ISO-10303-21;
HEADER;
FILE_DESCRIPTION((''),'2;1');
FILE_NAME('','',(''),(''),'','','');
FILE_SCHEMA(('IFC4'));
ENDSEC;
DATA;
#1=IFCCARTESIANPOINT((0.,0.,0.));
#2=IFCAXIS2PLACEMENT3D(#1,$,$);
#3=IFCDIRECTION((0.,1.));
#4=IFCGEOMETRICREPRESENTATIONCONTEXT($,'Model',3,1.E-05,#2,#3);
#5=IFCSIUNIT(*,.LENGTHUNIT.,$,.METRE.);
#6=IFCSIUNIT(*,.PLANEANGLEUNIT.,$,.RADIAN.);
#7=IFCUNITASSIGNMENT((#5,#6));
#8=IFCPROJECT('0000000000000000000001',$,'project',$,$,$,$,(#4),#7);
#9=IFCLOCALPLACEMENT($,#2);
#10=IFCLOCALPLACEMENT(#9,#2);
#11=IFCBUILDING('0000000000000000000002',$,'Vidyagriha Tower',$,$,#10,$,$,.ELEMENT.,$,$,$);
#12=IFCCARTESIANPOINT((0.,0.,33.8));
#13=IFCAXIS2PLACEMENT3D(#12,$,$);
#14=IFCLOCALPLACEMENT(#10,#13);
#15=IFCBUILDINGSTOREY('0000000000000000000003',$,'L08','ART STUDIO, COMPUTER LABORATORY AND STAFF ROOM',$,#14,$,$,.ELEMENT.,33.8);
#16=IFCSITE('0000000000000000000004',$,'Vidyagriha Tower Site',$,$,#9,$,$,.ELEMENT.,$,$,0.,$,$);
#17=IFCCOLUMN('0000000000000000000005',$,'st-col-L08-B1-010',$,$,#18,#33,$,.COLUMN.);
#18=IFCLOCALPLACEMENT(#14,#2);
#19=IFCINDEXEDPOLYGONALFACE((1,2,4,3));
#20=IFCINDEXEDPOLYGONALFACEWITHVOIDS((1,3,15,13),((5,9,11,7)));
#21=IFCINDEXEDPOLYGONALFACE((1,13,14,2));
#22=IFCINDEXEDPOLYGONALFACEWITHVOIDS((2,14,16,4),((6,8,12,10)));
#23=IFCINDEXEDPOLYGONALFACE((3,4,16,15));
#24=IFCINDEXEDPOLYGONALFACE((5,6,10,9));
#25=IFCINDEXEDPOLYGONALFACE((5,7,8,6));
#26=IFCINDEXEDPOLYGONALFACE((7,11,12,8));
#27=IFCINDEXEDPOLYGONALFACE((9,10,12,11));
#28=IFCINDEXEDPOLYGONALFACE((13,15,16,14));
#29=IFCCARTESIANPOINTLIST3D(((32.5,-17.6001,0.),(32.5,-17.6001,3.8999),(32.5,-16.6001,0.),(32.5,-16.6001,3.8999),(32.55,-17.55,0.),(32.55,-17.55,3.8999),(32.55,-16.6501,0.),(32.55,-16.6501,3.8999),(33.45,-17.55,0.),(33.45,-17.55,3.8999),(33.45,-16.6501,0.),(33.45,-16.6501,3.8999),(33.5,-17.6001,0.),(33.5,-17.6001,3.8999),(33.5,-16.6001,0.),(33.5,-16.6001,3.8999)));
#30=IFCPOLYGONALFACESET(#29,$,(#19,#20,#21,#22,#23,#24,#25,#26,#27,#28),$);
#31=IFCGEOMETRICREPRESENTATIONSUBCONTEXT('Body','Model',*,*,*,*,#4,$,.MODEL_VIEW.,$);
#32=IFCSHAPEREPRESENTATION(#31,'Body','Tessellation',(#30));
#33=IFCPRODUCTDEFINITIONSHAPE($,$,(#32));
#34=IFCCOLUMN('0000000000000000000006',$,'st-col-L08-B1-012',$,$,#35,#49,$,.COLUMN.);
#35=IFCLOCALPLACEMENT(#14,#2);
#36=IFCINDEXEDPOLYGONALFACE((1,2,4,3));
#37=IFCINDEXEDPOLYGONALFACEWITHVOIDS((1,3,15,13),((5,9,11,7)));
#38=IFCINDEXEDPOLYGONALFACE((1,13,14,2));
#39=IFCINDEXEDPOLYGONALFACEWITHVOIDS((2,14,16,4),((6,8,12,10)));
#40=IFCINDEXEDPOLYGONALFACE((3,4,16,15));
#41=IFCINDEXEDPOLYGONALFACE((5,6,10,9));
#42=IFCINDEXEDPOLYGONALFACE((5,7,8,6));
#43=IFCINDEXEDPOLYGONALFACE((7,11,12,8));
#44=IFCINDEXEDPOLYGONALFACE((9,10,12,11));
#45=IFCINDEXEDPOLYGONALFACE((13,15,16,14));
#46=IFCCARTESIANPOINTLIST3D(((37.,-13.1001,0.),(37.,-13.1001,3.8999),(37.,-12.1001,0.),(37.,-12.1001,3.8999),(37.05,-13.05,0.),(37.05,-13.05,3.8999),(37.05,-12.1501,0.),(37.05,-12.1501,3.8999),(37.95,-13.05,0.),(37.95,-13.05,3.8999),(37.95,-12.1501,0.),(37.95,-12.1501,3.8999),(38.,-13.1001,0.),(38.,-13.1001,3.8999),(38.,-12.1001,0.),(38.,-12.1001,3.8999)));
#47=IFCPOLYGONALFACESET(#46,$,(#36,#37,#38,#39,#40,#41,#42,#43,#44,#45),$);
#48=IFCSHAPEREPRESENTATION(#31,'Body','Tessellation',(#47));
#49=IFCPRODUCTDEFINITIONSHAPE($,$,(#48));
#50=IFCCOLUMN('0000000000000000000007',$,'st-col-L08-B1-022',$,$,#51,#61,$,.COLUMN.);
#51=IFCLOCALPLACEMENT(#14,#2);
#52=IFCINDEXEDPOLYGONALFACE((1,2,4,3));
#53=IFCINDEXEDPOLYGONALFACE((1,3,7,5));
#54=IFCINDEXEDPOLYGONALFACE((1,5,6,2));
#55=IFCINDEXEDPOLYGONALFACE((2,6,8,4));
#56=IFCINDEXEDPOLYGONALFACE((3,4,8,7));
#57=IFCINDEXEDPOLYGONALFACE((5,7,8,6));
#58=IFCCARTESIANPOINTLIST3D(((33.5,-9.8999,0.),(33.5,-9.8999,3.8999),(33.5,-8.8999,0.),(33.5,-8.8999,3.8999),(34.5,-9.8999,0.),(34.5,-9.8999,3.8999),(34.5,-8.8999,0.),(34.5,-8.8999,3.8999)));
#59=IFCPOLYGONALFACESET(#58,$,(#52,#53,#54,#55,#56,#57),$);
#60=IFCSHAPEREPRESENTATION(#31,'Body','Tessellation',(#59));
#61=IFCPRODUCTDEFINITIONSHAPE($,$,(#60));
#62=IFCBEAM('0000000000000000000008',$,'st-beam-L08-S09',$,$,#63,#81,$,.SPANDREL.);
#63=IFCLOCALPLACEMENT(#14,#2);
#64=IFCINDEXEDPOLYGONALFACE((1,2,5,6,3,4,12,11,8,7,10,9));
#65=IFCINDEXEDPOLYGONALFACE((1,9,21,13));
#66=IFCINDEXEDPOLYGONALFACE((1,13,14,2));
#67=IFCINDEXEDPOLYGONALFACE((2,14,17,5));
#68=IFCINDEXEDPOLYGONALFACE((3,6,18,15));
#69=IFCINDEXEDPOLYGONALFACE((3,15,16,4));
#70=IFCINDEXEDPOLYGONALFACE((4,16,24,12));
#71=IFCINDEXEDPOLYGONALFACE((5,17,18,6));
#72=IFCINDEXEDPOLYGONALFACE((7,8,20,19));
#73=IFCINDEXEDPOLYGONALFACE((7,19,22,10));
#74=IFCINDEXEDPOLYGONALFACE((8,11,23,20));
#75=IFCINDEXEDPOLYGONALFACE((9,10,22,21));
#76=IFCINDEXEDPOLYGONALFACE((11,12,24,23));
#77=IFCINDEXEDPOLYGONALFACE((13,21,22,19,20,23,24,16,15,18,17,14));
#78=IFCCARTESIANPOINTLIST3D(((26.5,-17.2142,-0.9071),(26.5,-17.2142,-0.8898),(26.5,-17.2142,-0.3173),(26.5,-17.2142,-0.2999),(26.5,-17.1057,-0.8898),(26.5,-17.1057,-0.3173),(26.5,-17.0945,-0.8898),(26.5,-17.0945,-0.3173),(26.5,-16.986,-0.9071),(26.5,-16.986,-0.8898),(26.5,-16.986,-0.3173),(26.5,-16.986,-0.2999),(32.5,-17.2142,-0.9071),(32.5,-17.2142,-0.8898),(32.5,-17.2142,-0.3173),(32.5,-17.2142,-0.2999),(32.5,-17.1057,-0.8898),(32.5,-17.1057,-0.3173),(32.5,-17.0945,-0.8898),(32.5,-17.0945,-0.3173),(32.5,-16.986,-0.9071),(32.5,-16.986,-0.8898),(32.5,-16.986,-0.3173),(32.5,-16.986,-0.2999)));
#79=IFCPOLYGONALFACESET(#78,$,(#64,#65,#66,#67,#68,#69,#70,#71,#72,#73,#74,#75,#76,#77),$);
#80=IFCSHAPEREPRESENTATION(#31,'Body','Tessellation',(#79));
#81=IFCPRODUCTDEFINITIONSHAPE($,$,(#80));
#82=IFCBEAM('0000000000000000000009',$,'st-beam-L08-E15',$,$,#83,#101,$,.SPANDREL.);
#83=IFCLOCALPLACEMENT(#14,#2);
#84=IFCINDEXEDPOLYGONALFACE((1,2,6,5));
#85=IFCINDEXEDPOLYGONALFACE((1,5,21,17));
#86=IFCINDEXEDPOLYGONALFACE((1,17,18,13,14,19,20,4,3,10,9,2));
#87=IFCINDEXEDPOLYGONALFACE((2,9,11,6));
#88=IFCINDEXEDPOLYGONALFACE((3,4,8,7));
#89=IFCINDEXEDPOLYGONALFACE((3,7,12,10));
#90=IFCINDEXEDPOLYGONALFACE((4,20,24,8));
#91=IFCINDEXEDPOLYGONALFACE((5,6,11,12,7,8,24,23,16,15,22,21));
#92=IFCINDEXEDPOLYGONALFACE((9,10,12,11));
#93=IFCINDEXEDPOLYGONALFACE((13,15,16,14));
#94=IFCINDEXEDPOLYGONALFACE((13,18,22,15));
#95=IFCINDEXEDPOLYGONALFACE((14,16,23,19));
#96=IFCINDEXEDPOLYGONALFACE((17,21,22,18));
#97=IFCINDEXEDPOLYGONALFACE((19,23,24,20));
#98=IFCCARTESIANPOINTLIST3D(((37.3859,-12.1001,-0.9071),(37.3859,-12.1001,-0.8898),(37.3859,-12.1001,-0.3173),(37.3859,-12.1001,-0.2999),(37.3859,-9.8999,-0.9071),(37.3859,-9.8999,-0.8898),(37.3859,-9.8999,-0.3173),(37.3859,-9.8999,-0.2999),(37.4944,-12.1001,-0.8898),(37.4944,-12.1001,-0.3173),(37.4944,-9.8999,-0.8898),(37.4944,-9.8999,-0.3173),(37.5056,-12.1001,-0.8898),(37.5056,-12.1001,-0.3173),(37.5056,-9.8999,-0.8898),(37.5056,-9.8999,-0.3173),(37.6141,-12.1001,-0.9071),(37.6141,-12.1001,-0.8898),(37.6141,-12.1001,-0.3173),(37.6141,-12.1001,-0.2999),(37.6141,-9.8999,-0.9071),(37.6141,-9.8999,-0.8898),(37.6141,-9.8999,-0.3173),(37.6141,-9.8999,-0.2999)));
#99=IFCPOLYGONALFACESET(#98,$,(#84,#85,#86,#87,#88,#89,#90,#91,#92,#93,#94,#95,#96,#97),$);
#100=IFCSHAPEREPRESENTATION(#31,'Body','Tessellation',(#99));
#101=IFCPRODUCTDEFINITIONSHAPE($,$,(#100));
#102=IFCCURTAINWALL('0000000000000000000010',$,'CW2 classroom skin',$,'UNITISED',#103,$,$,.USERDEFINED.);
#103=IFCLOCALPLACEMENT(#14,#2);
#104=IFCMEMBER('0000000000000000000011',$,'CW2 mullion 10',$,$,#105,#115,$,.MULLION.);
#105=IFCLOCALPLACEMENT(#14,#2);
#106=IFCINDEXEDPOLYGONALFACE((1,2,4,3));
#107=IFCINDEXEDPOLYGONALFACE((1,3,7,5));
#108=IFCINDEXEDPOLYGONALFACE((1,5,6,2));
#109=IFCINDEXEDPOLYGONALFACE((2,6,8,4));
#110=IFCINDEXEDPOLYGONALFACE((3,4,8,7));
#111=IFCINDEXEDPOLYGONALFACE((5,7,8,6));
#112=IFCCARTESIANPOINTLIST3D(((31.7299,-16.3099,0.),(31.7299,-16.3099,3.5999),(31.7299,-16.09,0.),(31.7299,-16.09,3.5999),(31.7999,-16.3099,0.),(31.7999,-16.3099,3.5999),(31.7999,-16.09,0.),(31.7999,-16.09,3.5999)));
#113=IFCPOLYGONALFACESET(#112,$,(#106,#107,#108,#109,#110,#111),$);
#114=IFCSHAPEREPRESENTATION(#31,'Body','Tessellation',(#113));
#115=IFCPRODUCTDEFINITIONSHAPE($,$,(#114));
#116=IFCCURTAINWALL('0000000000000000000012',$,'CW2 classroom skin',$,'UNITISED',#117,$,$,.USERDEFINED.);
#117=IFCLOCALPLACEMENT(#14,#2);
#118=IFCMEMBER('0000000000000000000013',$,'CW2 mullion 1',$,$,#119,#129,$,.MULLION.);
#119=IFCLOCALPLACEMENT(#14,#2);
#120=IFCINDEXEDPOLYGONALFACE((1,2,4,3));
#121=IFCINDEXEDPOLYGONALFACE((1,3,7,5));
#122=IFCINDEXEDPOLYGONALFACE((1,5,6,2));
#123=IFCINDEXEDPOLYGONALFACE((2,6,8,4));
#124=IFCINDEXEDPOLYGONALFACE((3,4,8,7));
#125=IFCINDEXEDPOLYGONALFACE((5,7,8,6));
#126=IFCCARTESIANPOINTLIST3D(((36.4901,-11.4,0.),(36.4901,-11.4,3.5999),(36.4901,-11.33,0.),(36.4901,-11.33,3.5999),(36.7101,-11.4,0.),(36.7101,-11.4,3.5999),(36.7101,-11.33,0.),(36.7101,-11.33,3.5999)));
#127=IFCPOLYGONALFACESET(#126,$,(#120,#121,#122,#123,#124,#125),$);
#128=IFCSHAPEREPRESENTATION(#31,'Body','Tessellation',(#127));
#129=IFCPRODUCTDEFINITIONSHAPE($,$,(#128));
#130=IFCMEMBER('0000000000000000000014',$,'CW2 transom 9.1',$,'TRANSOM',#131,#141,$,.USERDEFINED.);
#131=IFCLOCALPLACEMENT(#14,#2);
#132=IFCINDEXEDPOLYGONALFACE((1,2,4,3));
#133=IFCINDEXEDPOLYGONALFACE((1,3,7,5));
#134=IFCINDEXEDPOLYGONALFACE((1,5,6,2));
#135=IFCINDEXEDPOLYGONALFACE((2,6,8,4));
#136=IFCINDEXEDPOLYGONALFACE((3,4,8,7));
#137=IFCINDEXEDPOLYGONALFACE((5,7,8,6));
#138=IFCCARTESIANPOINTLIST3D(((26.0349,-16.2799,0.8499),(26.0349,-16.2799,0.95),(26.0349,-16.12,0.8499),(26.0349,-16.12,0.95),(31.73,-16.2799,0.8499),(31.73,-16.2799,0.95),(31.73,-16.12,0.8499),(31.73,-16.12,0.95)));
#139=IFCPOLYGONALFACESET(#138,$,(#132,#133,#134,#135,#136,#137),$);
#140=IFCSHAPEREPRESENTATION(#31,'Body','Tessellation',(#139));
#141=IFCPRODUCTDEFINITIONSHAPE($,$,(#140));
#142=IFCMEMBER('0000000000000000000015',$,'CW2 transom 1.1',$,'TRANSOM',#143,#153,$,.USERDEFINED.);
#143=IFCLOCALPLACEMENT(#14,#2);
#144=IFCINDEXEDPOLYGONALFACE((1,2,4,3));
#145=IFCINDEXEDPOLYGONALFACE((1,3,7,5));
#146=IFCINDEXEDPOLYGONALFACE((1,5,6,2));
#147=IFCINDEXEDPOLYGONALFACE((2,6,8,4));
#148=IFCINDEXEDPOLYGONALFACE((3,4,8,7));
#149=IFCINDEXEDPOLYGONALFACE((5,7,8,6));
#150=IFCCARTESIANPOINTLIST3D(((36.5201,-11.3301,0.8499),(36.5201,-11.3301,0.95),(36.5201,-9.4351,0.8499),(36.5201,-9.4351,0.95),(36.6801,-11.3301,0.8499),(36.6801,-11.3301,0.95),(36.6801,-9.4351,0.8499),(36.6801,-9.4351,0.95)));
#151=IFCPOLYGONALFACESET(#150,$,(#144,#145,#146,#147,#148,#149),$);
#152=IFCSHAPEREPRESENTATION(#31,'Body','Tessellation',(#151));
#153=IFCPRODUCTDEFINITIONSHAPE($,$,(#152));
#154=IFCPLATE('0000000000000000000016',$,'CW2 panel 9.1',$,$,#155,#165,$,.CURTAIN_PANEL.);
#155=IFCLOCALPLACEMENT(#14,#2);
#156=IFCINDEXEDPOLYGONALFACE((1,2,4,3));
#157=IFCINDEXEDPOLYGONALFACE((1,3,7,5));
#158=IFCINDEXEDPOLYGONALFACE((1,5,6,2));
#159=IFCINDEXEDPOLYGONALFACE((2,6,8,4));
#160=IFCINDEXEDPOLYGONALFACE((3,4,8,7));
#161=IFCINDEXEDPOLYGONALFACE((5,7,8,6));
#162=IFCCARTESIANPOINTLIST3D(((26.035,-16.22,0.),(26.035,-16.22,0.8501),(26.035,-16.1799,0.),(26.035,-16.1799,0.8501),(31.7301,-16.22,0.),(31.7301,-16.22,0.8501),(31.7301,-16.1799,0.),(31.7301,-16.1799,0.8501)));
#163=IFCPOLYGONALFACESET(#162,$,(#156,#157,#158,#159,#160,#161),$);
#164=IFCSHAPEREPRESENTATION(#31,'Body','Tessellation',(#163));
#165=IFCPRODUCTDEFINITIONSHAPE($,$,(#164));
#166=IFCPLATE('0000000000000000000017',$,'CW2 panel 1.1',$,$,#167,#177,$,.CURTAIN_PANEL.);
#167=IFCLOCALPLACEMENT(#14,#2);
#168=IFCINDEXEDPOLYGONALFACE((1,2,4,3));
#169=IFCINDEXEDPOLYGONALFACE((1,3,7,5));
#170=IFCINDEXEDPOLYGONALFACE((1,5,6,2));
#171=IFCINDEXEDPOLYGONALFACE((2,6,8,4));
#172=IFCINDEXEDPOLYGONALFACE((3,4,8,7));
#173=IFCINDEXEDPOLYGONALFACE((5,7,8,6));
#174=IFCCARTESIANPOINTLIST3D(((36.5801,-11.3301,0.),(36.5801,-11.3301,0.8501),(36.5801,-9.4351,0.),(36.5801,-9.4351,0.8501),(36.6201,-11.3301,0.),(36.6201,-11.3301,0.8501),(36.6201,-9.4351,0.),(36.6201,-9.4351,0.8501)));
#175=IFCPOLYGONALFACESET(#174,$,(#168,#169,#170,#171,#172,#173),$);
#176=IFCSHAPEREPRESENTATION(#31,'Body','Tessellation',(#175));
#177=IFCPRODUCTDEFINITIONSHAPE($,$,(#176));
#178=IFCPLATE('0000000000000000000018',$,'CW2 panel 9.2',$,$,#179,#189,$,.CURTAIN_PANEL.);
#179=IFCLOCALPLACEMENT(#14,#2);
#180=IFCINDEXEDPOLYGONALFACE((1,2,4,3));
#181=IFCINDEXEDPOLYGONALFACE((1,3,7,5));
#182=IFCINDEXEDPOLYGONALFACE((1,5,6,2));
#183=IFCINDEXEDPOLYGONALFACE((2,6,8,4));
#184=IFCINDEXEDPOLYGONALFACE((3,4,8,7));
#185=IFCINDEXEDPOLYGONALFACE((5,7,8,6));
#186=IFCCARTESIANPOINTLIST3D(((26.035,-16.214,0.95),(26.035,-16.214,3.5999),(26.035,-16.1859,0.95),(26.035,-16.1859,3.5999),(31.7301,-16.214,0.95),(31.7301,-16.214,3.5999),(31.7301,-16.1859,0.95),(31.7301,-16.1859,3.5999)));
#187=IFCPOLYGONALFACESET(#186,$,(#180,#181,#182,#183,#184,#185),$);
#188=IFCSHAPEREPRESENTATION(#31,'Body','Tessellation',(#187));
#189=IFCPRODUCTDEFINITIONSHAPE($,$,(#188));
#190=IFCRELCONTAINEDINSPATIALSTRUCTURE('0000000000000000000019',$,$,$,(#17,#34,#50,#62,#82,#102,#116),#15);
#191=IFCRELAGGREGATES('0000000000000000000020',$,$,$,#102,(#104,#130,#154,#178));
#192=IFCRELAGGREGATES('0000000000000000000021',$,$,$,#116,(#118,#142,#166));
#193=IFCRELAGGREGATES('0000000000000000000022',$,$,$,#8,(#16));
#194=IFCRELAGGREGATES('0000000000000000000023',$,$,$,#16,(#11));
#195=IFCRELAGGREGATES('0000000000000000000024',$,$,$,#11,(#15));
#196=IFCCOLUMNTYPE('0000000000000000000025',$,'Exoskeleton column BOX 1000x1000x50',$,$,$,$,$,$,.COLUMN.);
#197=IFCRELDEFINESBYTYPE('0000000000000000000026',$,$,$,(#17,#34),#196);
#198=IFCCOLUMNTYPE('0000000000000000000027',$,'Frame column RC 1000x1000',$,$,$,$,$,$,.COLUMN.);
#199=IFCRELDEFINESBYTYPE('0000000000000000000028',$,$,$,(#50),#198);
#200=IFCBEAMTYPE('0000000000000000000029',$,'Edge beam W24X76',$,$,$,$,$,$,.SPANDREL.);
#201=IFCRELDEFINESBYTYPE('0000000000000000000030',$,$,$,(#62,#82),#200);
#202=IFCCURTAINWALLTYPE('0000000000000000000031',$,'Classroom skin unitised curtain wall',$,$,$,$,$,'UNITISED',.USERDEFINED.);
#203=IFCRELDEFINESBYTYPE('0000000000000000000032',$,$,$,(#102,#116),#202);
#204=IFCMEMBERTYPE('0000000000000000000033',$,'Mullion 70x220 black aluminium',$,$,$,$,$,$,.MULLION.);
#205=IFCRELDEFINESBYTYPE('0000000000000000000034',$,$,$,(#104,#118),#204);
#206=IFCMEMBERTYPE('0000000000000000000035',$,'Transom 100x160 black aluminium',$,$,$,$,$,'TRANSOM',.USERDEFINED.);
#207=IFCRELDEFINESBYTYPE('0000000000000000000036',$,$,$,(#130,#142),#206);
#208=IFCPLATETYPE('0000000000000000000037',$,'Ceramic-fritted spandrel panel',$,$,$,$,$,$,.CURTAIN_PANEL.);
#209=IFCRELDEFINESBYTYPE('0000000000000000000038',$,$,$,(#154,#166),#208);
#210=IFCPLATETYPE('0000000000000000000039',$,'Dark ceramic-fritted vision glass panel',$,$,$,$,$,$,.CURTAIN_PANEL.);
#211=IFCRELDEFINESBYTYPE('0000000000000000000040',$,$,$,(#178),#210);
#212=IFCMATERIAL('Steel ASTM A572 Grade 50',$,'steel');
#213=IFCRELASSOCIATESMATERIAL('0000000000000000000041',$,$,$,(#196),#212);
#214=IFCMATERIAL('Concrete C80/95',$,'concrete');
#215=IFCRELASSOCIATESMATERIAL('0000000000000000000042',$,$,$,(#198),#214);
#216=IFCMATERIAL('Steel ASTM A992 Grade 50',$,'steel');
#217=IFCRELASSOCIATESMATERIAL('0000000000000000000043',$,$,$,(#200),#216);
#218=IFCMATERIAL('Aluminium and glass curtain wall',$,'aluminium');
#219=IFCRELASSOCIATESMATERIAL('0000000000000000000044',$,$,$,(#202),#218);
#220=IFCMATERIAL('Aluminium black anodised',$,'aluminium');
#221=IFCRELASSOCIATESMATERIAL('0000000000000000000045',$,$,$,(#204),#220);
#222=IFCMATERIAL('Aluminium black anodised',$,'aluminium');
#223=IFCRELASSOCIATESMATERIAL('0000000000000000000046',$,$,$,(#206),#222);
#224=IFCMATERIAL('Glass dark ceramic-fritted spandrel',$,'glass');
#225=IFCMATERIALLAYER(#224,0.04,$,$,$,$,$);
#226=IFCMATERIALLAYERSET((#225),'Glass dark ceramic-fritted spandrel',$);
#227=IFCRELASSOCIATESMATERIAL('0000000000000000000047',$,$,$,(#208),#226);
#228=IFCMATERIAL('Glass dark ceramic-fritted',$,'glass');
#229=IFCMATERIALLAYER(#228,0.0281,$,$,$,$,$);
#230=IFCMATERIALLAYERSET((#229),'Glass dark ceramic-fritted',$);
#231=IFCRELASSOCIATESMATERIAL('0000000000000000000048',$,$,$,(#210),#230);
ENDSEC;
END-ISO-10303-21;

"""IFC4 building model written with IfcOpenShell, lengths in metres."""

from ifc_helpers import new_model, si_unit, direction, frame, origin, origin_2d, place, context, subcontext, project, spatial, rectangle, hollow_rectangle, i_section, extrude, material, layer, layer_set, material_profile, profile_set, type_object, element, aggregate, save


model = new_model("IFC4")

# Units and contexts
model_context = context("Model", 3, precision=1e-05, world=origin(), true_north=direction((0.0, 1.0)))
body_context = subcontext(model_context, "Body", "Model", "MODEL_VIEW")
ifc_project = project(units=[si_unit("LENGTHUNIT", "METRE"), si_unit("PLANEANGLEUNIT", "RADIAN")], contexts=[model_context])

# Site, building, storey
site_placement = place(None, origin())
site = spatial("IfcSite", under=ifc_project, at=site_placement, Name="Vidyagriha Tower Site", CompositionType="ELEMENT", RefElevation=0.0)
building_placement = place(site_placement, origin())
building = spatial("IfcBuilding", under=site, at=building_placement, Name="Vidyagriha Tower", CompositionType="ELEMENT")
storey_placement = place(building_placement, frame((0.0, 0.0, 33.8)))
storey = spatial("IfcBuildingStorey", under=building, at=storey_placement, Name="L08", Description="ART STUDIO, COMPUTER LABORATORY AND STAFF ROOM", CompositionType="ELEMENT", Elevation=33.8)

# Columns
ifc_material_1 = material(Name="Steel ASTM A572 Grade 50", Category="steel")
ifc_material_profile_1 = material_profile(ifc_material_1, hollow_rectangle(XDim=1.0, YDim=1.0, WallThickness=0.05, at=origin_2d()), Name="BOX 1000x1000x50")
ifc_profile_set_1 = profile_set([ifc_material_profile_1], Name="Steel ASTM A572 Grade 50")
column_type_1 = type_object("IfcColumnType", Name="Exoskeleton column BOX 1000x1000x50", PredefinedType="COLUMN", material=ifc_profile_set_1)
for number, where, name in (
    (1, (33.0, -17.1001, 0.0), "st-col-L08-B1-010"),
    (2, (37.5, -12.6001, 0.0), "st-col-L08-B1-012"),
):
    element("IfcColumn", number, at=place(storey_placement, frame(where)), inside=storey, type_object=column_type_1, Name=name, PredefinedType="COLUMN", context=body_context, shape_type="SweptSolid", body=[
        extrude(hollow_rectangle(XDim=1.0, YDim=1.0, WallThickness=0.05, at=origin_2d()), origin(), (0.0, 0.0, 1.0), 3.8999),
    ])
ifc_material_2 = material(Name="Concrete C80/95", Category="concrete")
ifc_material_profile_2 = material_profile(ifc_material_2, rectangle(XDim=1.0, YDim=1.0, at=origin_2d()), Name="RC 1000x1000")
ifc_profile_set_2 = profile_set([ifc_material_profile_2], Name="Concrete C80/95")
column_type_2 = type_object("IfcColumnType", Name="Frame column RC 1000x1000", PredefinedType="COLUMN", material=ifc_profile_set_2)
column_placement = place(storey_placement, frame((34.0, -9.3999, 0.0)))
element("IfcColumn", 3, at=column_placement, inside=storey, type_object=column_type_2, Name="st-col-L08-B1-022", PredefinedType="COLUMN", context=body_context, shape_type="SweptSolid", body=[
    extrude(rectangle(XDim=1.0, YDim=1.0, at=origin_2d()), origin(), (0.0, 0.0, 1.0), 3.8999),
])

# Beams
ifc_material_3 = material(Name="Steel ASTM A992 Grade 50", Category="steel")
ifc_material_profile_3 = material_profile(ifc_material_3, i_section(OverallWidth=0.2283, OverallDepth=0.6072, WebThickness=0.0112, FlangeThickness=0.0173, at=origin_2d()), Name="W24X76")
ifc_profile_set_3 = profile_set([ifc_material_profile_3], Name="Steel ASTM A992 Grade 50")
beam_type = type_object("IfcBeamType", Name="Edge beam W24X76", PredefinedType="SPANDREL", material=ifc_profile_set_3)
beam_1_placement = place(storey_placement, frame((26.5, -17.1001, -0.6035), z_axis=(1.0, 0.0, 0.0), x_axis=(0.0, 1.0, 0.0)))
element("IfcBeam", 4, at=beam_1_placement, inside=storey, type_object=beam_type, Name="st-beam-L08-S09", PredefinedType="SPANDREL", context=body_context, shape_type="SweptSolid", body=[
    extrude(i_section(OverallWidth=0.2283, OverallDepth=0.6072, WebThickness=0.0112, FlangeThickness=0.0173, at=origin_2d()), origin(), (0.0, 0.0, 1.0), 6.0),
])
beam_2_placement = place(storey_placement, frame((37.5, -12.1001, -0.6035), z_axis=(0.0, 1.0, 0.0), x_axis=(-1.0, 0.0, 0.0)))
element("IfcBeam", 5, at=beam_2_placement, inside=storey, type_object=beam_type, Name="st-beam-L08-E15", PredefinedType="SPANDREL", context=body_context, shape_type="SweptSolid", body=[
    extrude(i_section(OverallWidth=0.2283, OverallDepth=0.6072, WebThickness=0.0112, FlangeThickness=0.0173, at=origin_2d()), origin(), (0.0, 0.0, 1.0), 2.2002),
])

# Curtain walls, members
ifc_material_4 = material(Name="Aluminium and glass curtain wall", Category="aluminium")
curtain_wall_type = type_object("IfcCurtainWallType", Name="Classroom skin unitised curtain wall", ElementType="UNITISED", PredefinedType="USERDEFINED", material=ifc_material_4)
curtain_wall_1_placement = place(storey_placement, origin())
curtain_wall_1 = element("IfcCurtainWall", 6, at=curtain_wall_1_placement, inside=storey, type_object=curtain_wall_type, Name="CW2 classroom skin", ObjectType="UNITISED", PredefinedType="USERDEFINED")
ifc_material_5 = material(Name="Aluminium black anodised", Category="aluminium")
ifc_material_profile_4 = material_profile(ifc_material_5, rectangle(XDim=0.22, YDim=0.0701, at=origin_2d()), Name="Mullion 70x220 black aluminium")
ifc_profile_set_4 = profile_set([ifc_material_profile_4], Name="Aluminium black anodised")
member_type_1 = type_object("IfcMemberType", Name="Mullion 70x220 black aluminium", PredefinedType="MULLION", material=ifc_profile_set_4)
member_1_placement = place(storey_placement, frame((31.7649, -16.2, 0.0), z_axis=(0.0, 0.0, 1.0), x_axis=(0.0, 1.0, 0.0)))
member_1 = element("IfcMember", 7, at=member_1_placement, type_object=member_type_1, Name="CW2 mullion 10", PredefinedType="MULLION", context=body_context, shape_type="SweptSolid", body=[
    extrude(rectangle(XDim=0.22, YDim=0.0701, at=origin_2d()), origin(), (0.0, 0.0, 1.0), 3.5999),
])
curtain_wall_2_placement = place(storey_placement, origin())
curtain_wall_2 = element("IfcCurtainWall", 8, at=curtain_wall_2_placement, inside=storey, type_object=curtain_wall_type, Name="CW2 classroom skin", ObjectType="UNITISED", PredefinedType="USERDEFINED")
member_2_placement = place(storey_placement, frame((36.6001, -11.365, 0.0), z_axis=(0.0, 0.0, 1.0), x_axis=(-1.0, 0.0, 0.0)))
member_2 = element("IfcMember", 9, at=member_2_placement, type_object=member_type_1, Name="CW2 mullion 1", PredefinedType="MULLION", context=body_context, shape_type="SweptSolid", body=[
    extrude(rectangle(XDim=0.22, YDim=0.0701, at=origin_2d()), origin(), (0.0, 0.0, 1.0), 3.5999),
])

# Members
ifc_material_6 = material(Name="Aluminium black anodised", Category="aluminium")
ifc_material_profile_5 = material_profile(ifc_material_6, rectangle(XDim=0.1599, YDim=0.1001, at=origin_2d()), Name="Transom 100x160 black aluminium")
ifc_profile_set_5 = profile_set([ifc_material_profile_5], Name="Aluminium black anodised")
member_type_2 = type_object("IfcMemberType", Name="Transom 100x160 black aluminium", ElementType="TRANSOM", PredefinedType="USERDEFINED", material=ifc_profile_set_5)
member_3_placement = place(storey_placement, frame((26.0349, -16.2, 0.8999), z_axis=(1.0, 0.0, 0.0), x_axis=(0.0, 1.0, 0.0)))
member_3 = element("IfcMember", 10, at=member_3_placement, type_object=member_type_2, Name="CW2 transom 9.1", ObjectType="TRANSOM", PredefinedType="USERDEFINED", context=body_context, shape_type="SweptSolid", body=[
    extrude(rectangle(XDim=0.1599, YDim=0.1001, at=origin_2d()), origin(), (0.0, 0.0, 1.0), 5.6951),
])
member_4_placement = place(storey_placement, frame((36.6001, -11.3301, 0.8999), z_axis=(0.0, 1.0, 0.0), x_axis=(-1.0, 0.0, 0.0)))
member_4 = element("IfcMember", 11, at=member_4_placement, type_object=member_type_2, Name="CW2 transom 1.1", ObjectType="TRANSOM", PredefinedType="USERDEFINED", context=body_context, shape_type="SweptSolid", body=[
    extrude(rectangle(XDim=0.1599, YDim=0.1001, at=origin_2d()), origin(), (0.0, 0.0, 1.0), 1.895),
])

# Plates
ifc_material_7 = material(Name="Glass dark ceramic-fritted spandrel", Category="glass")
ifc_layer_1 = layer(ifc_material_7, 0.04)
ifc_layer_set_1 = layer_set([ifc_layer_1], Name="Glass dark ceramic-fritted spandrel")
plate_type_1 = type_object("IfcPlateType", Name="Ceramic-fritted spandrel panel", PredefinedType="CURTAIN_PANEL", material=ifc_layer_set_1)
plate_1_placement = place(storey_placement, frame((28.8826, -16.2, 0.0)))
plate_1 = element("IfcPlate", 12, at=plate_1_placement, type_object=plate_type_1, Name="CW2 panel 9.1", PredefinedType="CURTAIN_PANEL", context=body_context, shape_type="SweptSolid", body=[
    extrude(rectangle(XDim=5.6951, YDim=0.04, at=origin_2d()), origin(), (0.0, 0.0, 1.0), 0.8501),
])
plate_2_placement = place(storey_placement, frame((36.6001, -10.3826, 0.0), z_axis=(0.0, 0.0, 1.0), x_axis=(0.0, 1.0, 0.0)))
plate_2 = element("IfcPlate", 13, at=plate_2_placement, type_object=plate_type_1, Name="CW2 panel 1.1", PredefinedType="CURTAIN_PANEL", context=body_context, shape_type="SweptSolid", body=[
    extrude(rectangle(XDim=1.895, YDim=0.04, at=origin_2d()), origin(), (0.0, 0.0, 1.0), 0.8501),
])
ifc_material_8 = material(Name="Glass dark ceramic-fritted", Category="glass")
ifc_layer_2 = layer(ifc_material_8, 0.0281)
ifc_layer_set_2 = layer_set([ifc_layer_2], Name="Glass dark ceramic-fritted")
plate_type_2 = type_object("IfcPlateType", Name="Dark ceramic-fritted vision glass panel", PredefinedType="CURTAIN_PANEL", material=ifc_layer_set_2)
plate_3_placement = place(storey_placement, frame((28.8826, -16.2, 0.95)))
plate_3 = element("IfcPlate", 14, at=plate_3_placement, type_object=plate_type_2, Name="CW2 panel 9.2", PredefinedType="CURTAIN_PANEL", context=body_context, shape_type="SweptSolid", body=[
    extrude(rectangle(XDim=5.6951, YDim=0.0281, at=origin_2d()), origin(), (0.0, 0.0, 1.0), 2.6499),
])
aggregate(curtain_wall_1, [member_1, member_3, plate_1, plate_3])
aggregate(curtain_wall_2, [member_2, member_4, plate_2])

save(model, "model.ifc")
